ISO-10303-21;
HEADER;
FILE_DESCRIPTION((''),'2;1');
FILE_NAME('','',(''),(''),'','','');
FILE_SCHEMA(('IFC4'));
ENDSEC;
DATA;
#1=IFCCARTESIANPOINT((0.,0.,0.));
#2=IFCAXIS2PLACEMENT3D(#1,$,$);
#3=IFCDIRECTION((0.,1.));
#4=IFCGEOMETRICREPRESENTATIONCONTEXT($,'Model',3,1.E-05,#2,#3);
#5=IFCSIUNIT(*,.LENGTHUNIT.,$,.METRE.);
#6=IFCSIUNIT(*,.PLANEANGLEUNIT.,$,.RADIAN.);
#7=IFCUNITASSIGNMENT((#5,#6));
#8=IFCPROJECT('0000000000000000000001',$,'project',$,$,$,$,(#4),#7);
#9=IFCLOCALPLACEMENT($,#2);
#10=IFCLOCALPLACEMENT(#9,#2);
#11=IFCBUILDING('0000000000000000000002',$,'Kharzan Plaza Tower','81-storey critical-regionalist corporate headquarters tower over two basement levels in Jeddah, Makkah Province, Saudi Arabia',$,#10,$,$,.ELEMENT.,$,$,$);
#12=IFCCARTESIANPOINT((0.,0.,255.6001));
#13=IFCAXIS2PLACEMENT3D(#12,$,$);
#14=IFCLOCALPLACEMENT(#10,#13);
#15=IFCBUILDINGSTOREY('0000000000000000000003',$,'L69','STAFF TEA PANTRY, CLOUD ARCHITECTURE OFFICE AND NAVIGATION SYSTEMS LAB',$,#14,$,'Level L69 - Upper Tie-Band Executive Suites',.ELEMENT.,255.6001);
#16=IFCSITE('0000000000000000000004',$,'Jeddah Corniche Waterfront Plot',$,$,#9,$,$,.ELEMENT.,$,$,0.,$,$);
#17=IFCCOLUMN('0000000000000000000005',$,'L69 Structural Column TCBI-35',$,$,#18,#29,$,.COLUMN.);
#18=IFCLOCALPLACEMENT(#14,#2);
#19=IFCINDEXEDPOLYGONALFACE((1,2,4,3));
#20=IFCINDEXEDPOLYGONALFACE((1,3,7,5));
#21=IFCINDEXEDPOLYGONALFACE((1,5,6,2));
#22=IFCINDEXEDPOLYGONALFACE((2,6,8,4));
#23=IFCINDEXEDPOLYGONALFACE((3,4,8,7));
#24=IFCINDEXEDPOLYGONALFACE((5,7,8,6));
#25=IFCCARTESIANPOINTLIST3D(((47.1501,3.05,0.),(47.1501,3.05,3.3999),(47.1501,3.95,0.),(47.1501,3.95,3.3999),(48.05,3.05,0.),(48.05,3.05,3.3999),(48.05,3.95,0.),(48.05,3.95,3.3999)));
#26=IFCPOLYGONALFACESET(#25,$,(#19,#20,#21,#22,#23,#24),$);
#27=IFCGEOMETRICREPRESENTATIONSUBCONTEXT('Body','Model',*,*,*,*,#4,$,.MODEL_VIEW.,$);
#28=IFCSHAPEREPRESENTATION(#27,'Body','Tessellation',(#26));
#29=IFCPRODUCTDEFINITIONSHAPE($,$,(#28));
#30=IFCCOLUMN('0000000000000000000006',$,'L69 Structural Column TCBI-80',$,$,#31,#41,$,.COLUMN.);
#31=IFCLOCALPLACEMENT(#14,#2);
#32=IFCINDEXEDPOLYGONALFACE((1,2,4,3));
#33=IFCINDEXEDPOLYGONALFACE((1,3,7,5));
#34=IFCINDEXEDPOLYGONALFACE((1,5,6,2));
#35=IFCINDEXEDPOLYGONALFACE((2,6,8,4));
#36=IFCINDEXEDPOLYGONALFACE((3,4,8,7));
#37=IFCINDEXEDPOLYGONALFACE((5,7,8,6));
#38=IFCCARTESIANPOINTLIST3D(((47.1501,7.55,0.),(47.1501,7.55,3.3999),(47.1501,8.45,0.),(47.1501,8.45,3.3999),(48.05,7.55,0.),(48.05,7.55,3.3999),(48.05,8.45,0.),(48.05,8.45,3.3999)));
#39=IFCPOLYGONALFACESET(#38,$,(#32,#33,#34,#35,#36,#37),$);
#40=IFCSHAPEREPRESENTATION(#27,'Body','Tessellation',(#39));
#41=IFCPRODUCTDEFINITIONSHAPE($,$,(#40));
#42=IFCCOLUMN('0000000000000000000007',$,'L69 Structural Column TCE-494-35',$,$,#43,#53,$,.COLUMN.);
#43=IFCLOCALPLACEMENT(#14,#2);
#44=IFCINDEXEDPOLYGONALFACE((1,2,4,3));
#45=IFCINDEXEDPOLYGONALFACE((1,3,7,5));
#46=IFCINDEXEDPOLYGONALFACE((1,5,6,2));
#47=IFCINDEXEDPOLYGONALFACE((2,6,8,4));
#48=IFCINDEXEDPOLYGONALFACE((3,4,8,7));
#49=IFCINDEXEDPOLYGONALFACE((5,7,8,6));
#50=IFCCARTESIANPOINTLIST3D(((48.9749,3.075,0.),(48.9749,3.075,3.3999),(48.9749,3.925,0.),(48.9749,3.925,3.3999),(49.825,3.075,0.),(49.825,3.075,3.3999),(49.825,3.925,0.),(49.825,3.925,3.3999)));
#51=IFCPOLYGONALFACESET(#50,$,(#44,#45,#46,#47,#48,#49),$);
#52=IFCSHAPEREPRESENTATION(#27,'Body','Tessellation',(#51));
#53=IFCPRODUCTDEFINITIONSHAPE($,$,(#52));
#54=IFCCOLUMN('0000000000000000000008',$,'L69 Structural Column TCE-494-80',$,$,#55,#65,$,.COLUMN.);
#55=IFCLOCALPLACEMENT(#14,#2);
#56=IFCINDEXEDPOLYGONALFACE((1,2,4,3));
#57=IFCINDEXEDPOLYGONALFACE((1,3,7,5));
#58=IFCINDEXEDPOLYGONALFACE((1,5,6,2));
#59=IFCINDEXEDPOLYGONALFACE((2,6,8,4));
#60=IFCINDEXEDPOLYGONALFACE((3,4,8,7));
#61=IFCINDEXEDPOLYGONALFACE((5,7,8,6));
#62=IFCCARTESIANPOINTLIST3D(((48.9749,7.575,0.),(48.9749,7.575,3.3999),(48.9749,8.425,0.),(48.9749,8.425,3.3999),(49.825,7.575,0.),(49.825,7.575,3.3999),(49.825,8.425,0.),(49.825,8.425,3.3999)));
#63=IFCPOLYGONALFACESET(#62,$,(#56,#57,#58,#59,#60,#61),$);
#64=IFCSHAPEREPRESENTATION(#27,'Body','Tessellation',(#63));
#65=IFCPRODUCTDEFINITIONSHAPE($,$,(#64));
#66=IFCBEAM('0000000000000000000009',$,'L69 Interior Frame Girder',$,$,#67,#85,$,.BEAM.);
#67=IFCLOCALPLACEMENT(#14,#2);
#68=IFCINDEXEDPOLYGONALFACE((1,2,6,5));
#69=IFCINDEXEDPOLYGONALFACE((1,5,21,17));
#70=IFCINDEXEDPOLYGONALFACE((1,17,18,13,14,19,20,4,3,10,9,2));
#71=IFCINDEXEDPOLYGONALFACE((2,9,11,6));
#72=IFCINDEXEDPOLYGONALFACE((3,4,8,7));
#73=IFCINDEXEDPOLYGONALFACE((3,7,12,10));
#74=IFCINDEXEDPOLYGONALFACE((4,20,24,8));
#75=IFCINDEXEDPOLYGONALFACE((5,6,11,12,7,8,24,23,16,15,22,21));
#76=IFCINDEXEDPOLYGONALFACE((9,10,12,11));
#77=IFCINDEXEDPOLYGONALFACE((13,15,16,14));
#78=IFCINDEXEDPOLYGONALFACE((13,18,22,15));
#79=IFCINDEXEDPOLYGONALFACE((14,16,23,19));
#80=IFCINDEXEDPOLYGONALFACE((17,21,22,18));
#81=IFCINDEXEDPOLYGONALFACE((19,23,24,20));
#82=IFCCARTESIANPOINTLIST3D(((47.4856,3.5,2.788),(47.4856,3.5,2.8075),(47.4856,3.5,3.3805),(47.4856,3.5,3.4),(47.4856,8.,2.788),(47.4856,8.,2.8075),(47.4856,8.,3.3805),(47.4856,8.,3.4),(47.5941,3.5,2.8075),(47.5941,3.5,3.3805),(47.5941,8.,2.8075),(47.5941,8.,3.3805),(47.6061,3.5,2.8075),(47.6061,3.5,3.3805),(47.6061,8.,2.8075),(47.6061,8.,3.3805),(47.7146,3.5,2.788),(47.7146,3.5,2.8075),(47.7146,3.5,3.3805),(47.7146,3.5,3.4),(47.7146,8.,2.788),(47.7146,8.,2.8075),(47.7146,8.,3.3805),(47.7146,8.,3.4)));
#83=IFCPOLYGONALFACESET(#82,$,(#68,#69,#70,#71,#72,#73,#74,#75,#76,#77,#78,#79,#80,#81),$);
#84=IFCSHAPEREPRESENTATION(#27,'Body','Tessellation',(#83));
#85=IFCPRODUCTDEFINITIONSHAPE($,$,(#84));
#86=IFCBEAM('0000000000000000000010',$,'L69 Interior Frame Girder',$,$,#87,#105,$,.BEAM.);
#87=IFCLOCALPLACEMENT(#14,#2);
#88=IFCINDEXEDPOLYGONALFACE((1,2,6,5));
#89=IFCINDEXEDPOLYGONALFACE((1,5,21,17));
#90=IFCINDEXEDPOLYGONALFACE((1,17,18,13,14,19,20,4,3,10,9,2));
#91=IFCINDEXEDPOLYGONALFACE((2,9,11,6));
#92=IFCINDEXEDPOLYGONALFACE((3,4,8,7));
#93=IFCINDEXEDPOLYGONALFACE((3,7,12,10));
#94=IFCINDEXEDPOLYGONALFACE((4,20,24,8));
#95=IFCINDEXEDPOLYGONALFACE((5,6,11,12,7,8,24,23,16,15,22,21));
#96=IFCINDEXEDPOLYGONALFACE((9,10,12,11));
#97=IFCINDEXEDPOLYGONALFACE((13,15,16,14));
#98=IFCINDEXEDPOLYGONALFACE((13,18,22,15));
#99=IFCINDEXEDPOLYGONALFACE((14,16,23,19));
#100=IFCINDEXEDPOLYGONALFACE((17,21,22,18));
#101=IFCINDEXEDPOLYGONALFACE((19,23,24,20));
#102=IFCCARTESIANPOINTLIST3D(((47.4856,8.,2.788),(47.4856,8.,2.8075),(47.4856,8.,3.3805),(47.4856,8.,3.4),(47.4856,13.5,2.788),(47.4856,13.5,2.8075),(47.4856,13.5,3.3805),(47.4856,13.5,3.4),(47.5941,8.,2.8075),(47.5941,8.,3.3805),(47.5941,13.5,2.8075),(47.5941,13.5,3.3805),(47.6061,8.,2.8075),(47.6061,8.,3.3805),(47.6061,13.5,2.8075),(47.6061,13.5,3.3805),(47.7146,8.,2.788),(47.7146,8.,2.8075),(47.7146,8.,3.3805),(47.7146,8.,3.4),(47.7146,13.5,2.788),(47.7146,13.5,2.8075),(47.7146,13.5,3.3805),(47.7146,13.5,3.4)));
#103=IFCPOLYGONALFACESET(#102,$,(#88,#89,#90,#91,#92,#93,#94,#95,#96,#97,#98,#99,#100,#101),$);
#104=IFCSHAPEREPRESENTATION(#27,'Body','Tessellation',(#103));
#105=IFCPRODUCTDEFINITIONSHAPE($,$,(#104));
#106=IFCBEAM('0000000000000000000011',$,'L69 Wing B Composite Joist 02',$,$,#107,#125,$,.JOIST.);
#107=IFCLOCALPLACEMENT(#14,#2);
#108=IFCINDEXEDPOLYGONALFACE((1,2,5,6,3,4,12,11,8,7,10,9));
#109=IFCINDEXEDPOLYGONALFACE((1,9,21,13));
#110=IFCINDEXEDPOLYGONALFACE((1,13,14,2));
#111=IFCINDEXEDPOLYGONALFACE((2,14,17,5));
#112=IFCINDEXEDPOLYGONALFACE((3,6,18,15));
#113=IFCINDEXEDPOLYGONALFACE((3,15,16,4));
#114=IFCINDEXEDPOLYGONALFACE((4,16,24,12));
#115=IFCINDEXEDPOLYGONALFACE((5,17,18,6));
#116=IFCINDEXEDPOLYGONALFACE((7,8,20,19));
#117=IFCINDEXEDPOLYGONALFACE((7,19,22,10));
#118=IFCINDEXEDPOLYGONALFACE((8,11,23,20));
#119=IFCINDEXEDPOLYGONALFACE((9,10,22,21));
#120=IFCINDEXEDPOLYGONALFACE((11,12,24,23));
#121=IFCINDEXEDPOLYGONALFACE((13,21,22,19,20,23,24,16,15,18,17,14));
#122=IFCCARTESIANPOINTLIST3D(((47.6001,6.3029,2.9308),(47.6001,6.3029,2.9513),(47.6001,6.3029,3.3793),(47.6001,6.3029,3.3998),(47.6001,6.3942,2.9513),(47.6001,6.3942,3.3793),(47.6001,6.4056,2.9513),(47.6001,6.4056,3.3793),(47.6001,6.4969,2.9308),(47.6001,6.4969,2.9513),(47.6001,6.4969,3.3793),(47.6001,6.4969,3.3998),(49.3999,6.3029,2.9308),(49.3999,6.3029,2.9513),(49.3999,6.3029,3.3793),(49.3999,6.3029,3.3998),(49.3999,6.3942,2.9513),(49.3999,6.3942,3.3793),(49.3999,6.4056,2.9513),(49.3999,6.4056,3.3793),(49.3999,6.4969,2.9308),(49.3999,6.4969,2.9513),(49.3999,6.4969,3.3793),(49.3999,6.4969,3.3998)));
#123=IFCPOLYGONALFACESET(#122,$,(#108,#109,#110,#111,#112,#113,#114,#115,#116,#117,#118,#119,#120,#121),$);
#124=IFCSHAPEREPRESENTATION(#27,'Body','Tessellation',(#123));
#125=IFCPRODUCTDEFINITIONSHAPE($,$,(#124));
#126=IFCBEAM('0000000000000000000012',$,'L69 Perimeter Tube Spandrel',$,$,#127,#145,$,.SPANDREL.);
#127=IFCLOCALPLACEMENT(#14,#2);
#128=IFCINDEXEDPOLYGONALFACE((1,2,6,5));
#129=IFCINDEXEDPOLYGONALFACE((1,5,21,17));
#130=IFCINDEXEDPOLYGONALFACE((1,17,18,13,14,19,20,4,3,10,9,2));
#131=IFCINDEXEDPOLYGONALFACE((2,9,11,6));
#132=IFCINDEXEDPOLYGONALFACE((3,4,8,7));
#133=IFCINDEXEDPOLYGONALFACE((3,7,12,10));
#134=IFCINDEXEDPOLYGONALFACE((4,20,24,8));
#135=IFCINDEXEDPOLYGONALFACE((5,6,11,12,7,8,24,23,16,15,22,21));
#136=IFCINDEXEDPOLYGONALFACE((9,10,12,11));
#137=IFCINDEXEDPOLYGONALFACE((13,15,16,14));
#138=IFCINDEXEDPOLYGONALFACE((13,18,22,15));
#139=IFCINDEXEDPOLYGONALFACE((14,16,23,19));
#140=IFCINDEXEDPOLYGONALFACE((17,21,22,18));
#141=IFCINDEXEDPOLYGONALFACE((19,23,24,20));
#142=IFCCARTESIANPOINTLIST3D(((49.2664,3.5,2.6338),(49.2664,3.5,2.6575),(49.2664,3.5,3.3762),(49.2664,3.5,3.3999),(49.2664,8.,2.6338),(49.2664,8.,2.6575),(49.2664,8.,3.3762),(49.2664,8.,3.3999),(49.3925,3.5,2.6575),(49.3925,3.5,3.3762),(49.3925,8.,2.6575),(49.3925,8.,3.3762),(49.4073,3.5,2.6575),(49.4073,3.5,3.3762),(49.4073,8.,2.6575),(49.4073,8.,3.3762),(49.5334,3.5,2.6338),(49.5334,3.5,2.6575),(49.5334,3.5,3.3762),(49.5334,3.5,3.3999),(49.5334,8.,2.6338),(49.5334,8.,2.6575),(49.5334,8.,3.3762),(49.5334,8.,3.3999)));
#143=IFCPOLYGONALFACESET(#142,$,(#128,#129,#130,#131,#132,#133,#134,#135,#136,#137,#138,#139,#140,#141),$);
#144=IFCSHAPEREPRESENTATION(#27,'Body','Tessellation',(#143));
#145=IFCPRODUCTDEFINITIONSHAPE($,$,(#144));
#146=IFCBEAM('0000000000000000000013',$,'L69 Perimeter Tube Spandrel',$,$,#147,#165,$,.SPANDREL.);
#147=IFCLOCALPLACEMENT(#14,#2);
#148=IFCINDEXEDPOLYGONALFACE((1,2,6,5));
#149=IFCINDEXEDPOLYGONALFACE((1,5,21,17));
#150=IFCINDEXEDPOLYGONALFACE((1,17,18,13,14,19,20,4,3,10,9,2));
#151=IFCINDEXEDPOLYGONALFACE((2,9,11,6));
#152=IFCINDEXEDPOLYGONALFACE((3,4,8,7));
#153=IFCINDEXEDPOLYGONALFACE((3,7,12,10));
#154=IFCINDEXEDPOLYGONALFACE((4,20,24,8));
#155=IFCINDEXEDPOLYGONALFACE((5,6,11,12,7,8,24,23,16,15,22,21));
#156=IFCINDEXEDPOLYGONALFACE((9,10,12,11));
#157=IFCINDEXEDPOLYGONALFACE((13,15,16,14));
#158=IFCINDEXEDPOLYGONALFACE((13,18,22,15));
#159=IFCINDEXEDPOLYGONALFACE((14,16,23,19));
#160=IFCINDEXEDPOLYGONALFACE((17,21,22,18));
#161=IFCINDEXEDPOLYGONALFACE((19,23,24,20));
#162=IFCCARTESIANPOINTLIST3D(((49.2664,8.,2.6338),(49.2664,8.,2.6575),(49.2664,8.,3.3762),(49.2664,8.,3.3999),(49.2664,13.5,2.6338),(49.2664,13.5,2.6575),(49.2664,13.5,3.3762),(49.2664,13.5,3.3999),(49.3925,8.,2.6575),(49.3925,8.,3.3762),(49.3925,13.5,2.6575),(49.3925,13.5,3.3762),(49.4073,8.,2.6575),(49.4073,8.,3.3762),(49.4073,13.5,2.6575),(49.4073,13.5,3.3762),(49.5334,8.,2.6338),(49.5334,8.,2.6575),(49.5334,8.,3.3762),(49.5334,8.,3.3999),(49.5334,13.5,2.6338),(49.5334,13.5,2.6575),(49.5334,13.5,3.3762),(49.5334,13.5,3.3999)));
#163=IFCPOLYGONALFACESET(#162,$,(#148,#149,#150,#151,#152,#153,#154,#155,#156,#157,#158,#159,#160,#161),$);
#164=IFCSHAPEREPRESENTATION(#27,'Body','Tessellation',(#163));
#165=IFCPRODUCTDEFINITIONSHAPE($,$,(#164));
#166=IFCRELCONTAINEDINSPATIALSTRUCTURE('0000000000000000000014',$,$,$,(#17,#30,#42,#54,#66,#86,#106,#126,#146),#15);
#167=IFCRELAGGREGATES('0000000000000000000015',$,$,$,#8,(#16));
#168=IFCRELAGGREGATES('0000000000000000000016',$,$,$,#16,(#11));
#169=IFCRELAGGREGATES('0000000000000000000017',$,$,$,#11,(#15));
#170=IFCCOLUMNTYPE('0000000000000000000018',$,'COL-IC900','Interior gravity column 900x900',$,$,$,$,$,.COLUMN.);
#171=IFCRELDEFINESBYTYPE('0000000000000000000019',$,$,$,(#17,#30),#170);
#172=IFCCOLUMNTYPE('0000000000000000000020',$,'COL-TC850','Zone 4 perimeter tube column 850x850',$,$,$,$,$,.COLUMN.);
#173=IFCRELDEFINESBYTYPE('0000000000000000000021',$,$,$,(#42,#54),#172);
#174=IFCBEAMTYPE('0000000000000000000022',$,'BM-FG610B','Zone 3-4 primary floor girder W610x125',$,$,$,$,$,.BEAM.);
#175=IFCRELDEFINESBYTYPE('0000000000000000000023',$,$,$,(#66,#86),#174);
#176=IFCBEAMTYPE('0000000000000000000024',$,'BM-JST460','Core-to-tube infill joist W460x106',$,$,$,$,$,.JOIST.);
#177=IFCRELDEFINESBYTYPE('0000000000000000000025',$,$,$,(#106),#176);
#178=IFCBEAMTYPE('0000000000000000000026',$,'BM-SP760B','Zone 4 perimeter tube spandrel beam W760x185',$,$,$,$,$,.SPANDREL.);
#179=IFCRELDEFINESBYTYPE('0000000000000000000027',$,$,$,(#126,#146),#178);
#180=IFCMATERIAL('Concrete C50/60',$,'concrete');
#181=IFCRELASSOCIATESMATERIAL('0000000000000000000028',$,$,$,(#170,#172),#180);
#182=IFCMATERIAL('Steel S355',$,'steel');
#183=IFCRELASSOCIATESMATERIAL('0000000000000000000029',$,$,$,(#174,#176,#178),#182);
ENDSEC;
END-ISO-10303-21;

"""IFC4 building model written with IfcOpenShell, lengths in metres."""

from ifc_helpers import new_model, si_unit, direction, frame, origin, origin_2d, place, context, subcontext, project, spatial, rectangle, i_section, extrude, source, transform, mapped, material, material_profile, profile_set, type_object, element, save


model = new_model("IFC4")

# Units and contexts
model_context = context("Model", 3, precision=1e-05, world=origin(), true_north=direction((0.0, 1.0)))
body_context = subcontext(model_context, "Body", "Model", "MODEL_VIEW")
ifc_project = project(units=[si_unit("LENGTHUNIT", "METRE"), si_unit("PLANEANGLEUNIT", "RADIAN")], contexts=[model_context])

# Site, building, storey
site_placement = place(None, origin())
site = spatial("IfcSite", under=ifc_project, at=site_placement, Name="Jeddah Corniche Waterfront Plot", CompositionType="ELEMENT", RefElevation=0.0)
building_placement = place(site_placement, origin())
building = spatial("IfcBuilding", under=site, at=building_placement, Name="Kharzan Plaza Tower", Description="81-storey critical-regionalist corporate headquarters tower over two basement levels in Jeddah, Makkah Province, Saudi Arabia", CompositionType="ELEMENT")
storey_placement = place(building_placement, frame((0.0, 0.0, 255.6001)))
storey = spatial("IfcBuildingStorey", under=building, at=storey_placement, Name="L69", Description="STAFF TEA PANTRY, CLOUD ARCHITECTURE OFFICE AND NAVIGATION SYSTEMS LAB", LongName="Level L69 - Upper Tie-Band Executive Suites", CompositionType="ELEMENT", Elevation=255.6001)

# Columns
ifc_material_1 = material(Name="Concrete C50/60", Category="concrete")
ifc_material_profile_1 = material_profile(ifc_material_1, rectangle(XDim=0.8999, YDim=0.8999, at=origin_2d()), Name="RC-IC900x900")
ifc_profile_set_1 = profile_set([ifc_material_profile_1], Name="Concrete C50/60")
column_type_1 = type_object("IfcColumnType", Name="COL-IC900", Description="Interior gravity column 900x900", PredefinedType="COLUMN", material=ifc_profile_set_1)
shared_shape_1 = source(origin(), body_context, "Body", "SweptSolid", [
    extrude(rectangle(XDim=0.8999, YDim=0.8999, at=origin_2d()), origin(), (0.0, 0.0, 1.0), 3.3999),
])
for number, where, z_axis, x_axis, name in (
    (1, (47.6001, 3.5, 0.0), (0.0, 0.0, 1.0), (1.0, 0.0, 0.0), "L69 Structural Column TCBI-35"),
    (2, (47.6001, 8.0, 0.0), (0.0, 0.0, 1.0), (1.0, 0.0, 0.0), "L69 Structural Column TCBI-80"),
):
    element("IfcColumn", number, at=place(storey_placement, frame(where, z_axis=z_axis, x_axis=x_axis)), inside=storey, type_object=column_type_1, Name=name, PredefinedType="COLUMN", context=body_context, shape_type="MappedRepresentation", body=[
        mapped(shared_shape_1, transform((0.0, 0.0, 0.0), x_axis=(1.0, 0.0, 0.0), y_axis=(0.0, 1.0, 0.0), z_axis=(0.0, 0.0, 1.0))),
    ])
ifc_material_profile_2 = material_profile(ifc_material_1, rectangle(XDim=0.8501, YDim=0.8501, at=origin_2d()), Name="RC-TC850x850")
ifc_profile_set_2 = profile_set([ifc_material_profile_2], Name="Concrete C50/60")
column_type_2 = type_object("IfcColumnType", Name="COL-TC850", Description="Zone 4 perimeter tube column 850x850", PredefinedType="COLUMN", material=ifc_profile_set_2)
shared_shape_2 = source(origin(), body_context, "Body", "SweptSolid", [
    extrude(rectangle(XDim=0.8501, YDim=0.8501, at=origin_2d()), origin(), (0.0, 0.0, 1.0), 3.3999),
])
for number, where, z_axis, x_axis, name in (
    (3, (49.3999, 3.5, 0.0), (0.0, 0.0, 1.0), (1.0, 0.0, 0.0), "L69 Structural Column TCE-494-35"),
    (4, (49.3999, 8.0, 0.0), (0.0, 0.0, 1.0), (1.0, 0.0, 0.0), "L69 Structural Column TCE-494-80"),
):
    element("IfcColumn", number, at=place(storey_placement, frame(where, z_axis=z_axis, x_axis=x_axis)), inside=storey, type_object=column_type_2, Name=name, PredefinedType="COLUMN", context=body_context, shape_type="MappedRepresentation", body=[
        mapped(shared_shape_2, transform((0.0, 0.0, 0.0), x_axis=(1.0, 0.0, 0.0), y_axis=(0.0, 1.0, 0.0), z_axis=(0.0, 0.0, 1.0))),
    ])

# Beams
ifc_material_2 = material(Name="Steel S355", Category="steel")
ifc_material_profile_3 = material_profile(ifc_material_2, i_section(OverallWidth=0.229, OverallDepth=0.6121, WebThickness=0.012, FlangeThickness=0.0195, at=origin_2d()), Name="W610x125")
ifc_profile_set_3 = profile_set([ifc_material_profile_3], Name="Steel S355")
beam_type_1 = type_object("IfcBeamType", Name="BM-FG610B", Description="Zone 3-4 primary floor girder W610x125", PredefinedType="BEAM", material=ifc_profile_set_3)
shared_shape_3 = source(origin(), body_context, "Body", "SweptSolid", [
    extrude(i_section(OverallWidth=0.229, OverallDepth=0.6121, WebThickness=0.012, FlangeThickness=0.0195, at=origin_2d()), origin(), (0.0, 0.0, 1.0), 4.5),
])
beam_1_placement = place(storey_placement, frame((47.6001, 3.5, 3.094), z_axis=(0.0, 1.0, 0.0), x_axis=(-1.0, 0.0, 0.0)))
element("IfcBeam", 5, at=beam_1_placement, inside=storey, type_object=beam_type_1, Name="L69 Interior Frame Girder", PredefinedType="BEAM", context=body_context, shape_type="MappedRepresentation", body=[
    mapped(shared_shape_3, transform((0.0, 0.0, 0.0), x_axis=(1.0, 0.0, 0.0), y_axis=(0.0, 1.0, 0.0), z_axis=(0.0, 0.0, 1.0))),
])
shared_shape_4 = source(origin(), body_context, "Body", "SweptSolid", [
    extrude(i_section(OverallWidth=0.229, OverallDepth=0.6121, WebThickness=0.012, FlangeThickness=0.0195, at=origin_2d()), origin(), (0.0, 0.0, 1.0), 5.5),
])
beam_2_placement = place(storey_placement, frame((47.6001, 8.0, 3.094), z_axis=(0.0, 1.0, 0.0), x_axis=(-1.0, 0.0, 0.0)))
element("IfcBeam", 6, at=beam_2_placement, inside=storey, type_object=beam_type_1, Name="L69 Interior Frame Girder", PredefinedType="BEAM", context=body_context, shape_type="MappedRepresentation", body=[
    mapped(shared_shape_4, transform((0.0, 0.0, 0.0), x_axis=(1.0, 0.0, 0.0), y_axis=(0.0, 1.0, 0.0), z_axis=(0.0, 0.0, 1.0))),
])
ifc_material_profile_4 = material_profile(ifc_material_2, i_section(OverallWidth=0.1941, OverallDepth=0.469, WebThickness=0.0115, FlangeThickness=0.0205, at=origin_2d()), Name="W460x106")
ifc_profile_set_4 = profile_set([ifc_material_profile_4], Name="Steel S355")
beam_type_2 = type_object("IfcBeamType", Name="BM-JST460", Description="Core-to-tube infill joist W460x106", PredefinedType="JOIST", material=ifc_profile_set_4)
shared_shape_5 = source(origin(), body_context, "Body", "SweptSolid", [
    extrude(i_section(OverallWidth=0.1941, OverallDepth=0.469, WebThickness=0.0115, FlangeThickness=0.0205, at=origin_2d()), origin(), (0.0, 0.0, 1.0), 1.7998),
])
beam_3_placement = place(storey_placement, frame((47.6001, 6.3999, 3.1653), z_axis=(1.0, 0.0, 0.0), x_axis=(0.0, 1.0, 0.0)))
element("IfcBeam", 7, at=beam_3_placement, inside=storey, type_object=beam_type_2, Name="L69 Wing B Composite Joist 02", PredefinedType="JOIST", context=body_context, shape_type="MappedRepresentation", body=[
    mapped(shared_shape_5, transform((0.0, 0.0, 0.0), x_axis=(1.0, 0.0, 0.0), y_axis=(0.0, 1.0, 0.0), z_axis=(0.0, 0.0, 1.0))),
])
ifc_material_profile_5 = material_profile(ifc_material_2, i_section(OverallWidth=0.2671, OverallDepth=0.7661, WebThickness=0.0149, FlangeThickness=0.0237, at=origin_2d()), Name="W760x185")
ifc_profile_set_5 = profile_set([ifc_material_profile_5], Name="Steel S355")
beam_type_3 = type_object("IfcBeamType", Name="BM-SP760B", Description="Zone 4 perimeter tube spandrel beam W760x185", PredefinedType="SPANDREL", material=ifc_profile_set_5)
shared_shape_6 = source(origin(), body_context, "Body", "SweptSolid", [
    extrude(i_section(OverallWidth=0.2671, OverallDepth=0.7661, WebThickness=0.0149, FlangeThickness=0.0237, at=origin_2d()), origin(), (0.0, 0.0, 1.0), 4.5),
])
beam_4_placement = place(storey_placement, frame((49.3999, 3.5, 3.0168), z_axis=(0.0, 1.0, 0.0), x_axis=(-1.0, 0.0, 0.0)))
element("IfcBeam", 8, at=beam_4_placement, inside=storey, type_object=beam_type_3, Name="L69 Perimeter Tube Spandrel", PredefinedType="SPANDREL", context=body_context, shape_type="MappedRepresentation", body=[
    mapped(shared_shape_6, transform((0.0, 0.0, 0.0), x_axis=(1.0, 0.0, 0.0), y_axis=(0.0, 1.0, 0.0), z_axis=(0.0, 0.0, 1.0))),
])
shared_shape_7 = source(origin(), body_context, "Body", "SweptSolid", [
    extrude(i_section(OverallWidth=0.2671, OverallDepth=0.7661, WebThickness=0.0149, FlangeThickness=0.0237, at=origin_2d()), origin(), (0.0, 0.0, 1.0), 5.5),
])
beam_5_placement = place(storey_placement, frame((49.3999, 8.0, 3.0168), z_axis=(0.0, 1.0, 0.0), x_axis=(-1.0, 0.0, 0.0)))
element("IfcBeam", 9, at=beam_5_placement, inside=storey, type_object=beam_type_3, Name="L69 Perimeter Tube Spandrel", PredefinedType="SPANDREL", context=body_context, shape_type="MappedRepresentation", body=[
    mapped(shared_shape_7, transform((0.0, 0.0, 0.0), x_axis=(1.0, 0.0, 0.0), y_axis=(0.0, 1.0, 0.0), z_axis=(0.0, 0.0, 1.0))),
])

save(model, "model.ifc")
